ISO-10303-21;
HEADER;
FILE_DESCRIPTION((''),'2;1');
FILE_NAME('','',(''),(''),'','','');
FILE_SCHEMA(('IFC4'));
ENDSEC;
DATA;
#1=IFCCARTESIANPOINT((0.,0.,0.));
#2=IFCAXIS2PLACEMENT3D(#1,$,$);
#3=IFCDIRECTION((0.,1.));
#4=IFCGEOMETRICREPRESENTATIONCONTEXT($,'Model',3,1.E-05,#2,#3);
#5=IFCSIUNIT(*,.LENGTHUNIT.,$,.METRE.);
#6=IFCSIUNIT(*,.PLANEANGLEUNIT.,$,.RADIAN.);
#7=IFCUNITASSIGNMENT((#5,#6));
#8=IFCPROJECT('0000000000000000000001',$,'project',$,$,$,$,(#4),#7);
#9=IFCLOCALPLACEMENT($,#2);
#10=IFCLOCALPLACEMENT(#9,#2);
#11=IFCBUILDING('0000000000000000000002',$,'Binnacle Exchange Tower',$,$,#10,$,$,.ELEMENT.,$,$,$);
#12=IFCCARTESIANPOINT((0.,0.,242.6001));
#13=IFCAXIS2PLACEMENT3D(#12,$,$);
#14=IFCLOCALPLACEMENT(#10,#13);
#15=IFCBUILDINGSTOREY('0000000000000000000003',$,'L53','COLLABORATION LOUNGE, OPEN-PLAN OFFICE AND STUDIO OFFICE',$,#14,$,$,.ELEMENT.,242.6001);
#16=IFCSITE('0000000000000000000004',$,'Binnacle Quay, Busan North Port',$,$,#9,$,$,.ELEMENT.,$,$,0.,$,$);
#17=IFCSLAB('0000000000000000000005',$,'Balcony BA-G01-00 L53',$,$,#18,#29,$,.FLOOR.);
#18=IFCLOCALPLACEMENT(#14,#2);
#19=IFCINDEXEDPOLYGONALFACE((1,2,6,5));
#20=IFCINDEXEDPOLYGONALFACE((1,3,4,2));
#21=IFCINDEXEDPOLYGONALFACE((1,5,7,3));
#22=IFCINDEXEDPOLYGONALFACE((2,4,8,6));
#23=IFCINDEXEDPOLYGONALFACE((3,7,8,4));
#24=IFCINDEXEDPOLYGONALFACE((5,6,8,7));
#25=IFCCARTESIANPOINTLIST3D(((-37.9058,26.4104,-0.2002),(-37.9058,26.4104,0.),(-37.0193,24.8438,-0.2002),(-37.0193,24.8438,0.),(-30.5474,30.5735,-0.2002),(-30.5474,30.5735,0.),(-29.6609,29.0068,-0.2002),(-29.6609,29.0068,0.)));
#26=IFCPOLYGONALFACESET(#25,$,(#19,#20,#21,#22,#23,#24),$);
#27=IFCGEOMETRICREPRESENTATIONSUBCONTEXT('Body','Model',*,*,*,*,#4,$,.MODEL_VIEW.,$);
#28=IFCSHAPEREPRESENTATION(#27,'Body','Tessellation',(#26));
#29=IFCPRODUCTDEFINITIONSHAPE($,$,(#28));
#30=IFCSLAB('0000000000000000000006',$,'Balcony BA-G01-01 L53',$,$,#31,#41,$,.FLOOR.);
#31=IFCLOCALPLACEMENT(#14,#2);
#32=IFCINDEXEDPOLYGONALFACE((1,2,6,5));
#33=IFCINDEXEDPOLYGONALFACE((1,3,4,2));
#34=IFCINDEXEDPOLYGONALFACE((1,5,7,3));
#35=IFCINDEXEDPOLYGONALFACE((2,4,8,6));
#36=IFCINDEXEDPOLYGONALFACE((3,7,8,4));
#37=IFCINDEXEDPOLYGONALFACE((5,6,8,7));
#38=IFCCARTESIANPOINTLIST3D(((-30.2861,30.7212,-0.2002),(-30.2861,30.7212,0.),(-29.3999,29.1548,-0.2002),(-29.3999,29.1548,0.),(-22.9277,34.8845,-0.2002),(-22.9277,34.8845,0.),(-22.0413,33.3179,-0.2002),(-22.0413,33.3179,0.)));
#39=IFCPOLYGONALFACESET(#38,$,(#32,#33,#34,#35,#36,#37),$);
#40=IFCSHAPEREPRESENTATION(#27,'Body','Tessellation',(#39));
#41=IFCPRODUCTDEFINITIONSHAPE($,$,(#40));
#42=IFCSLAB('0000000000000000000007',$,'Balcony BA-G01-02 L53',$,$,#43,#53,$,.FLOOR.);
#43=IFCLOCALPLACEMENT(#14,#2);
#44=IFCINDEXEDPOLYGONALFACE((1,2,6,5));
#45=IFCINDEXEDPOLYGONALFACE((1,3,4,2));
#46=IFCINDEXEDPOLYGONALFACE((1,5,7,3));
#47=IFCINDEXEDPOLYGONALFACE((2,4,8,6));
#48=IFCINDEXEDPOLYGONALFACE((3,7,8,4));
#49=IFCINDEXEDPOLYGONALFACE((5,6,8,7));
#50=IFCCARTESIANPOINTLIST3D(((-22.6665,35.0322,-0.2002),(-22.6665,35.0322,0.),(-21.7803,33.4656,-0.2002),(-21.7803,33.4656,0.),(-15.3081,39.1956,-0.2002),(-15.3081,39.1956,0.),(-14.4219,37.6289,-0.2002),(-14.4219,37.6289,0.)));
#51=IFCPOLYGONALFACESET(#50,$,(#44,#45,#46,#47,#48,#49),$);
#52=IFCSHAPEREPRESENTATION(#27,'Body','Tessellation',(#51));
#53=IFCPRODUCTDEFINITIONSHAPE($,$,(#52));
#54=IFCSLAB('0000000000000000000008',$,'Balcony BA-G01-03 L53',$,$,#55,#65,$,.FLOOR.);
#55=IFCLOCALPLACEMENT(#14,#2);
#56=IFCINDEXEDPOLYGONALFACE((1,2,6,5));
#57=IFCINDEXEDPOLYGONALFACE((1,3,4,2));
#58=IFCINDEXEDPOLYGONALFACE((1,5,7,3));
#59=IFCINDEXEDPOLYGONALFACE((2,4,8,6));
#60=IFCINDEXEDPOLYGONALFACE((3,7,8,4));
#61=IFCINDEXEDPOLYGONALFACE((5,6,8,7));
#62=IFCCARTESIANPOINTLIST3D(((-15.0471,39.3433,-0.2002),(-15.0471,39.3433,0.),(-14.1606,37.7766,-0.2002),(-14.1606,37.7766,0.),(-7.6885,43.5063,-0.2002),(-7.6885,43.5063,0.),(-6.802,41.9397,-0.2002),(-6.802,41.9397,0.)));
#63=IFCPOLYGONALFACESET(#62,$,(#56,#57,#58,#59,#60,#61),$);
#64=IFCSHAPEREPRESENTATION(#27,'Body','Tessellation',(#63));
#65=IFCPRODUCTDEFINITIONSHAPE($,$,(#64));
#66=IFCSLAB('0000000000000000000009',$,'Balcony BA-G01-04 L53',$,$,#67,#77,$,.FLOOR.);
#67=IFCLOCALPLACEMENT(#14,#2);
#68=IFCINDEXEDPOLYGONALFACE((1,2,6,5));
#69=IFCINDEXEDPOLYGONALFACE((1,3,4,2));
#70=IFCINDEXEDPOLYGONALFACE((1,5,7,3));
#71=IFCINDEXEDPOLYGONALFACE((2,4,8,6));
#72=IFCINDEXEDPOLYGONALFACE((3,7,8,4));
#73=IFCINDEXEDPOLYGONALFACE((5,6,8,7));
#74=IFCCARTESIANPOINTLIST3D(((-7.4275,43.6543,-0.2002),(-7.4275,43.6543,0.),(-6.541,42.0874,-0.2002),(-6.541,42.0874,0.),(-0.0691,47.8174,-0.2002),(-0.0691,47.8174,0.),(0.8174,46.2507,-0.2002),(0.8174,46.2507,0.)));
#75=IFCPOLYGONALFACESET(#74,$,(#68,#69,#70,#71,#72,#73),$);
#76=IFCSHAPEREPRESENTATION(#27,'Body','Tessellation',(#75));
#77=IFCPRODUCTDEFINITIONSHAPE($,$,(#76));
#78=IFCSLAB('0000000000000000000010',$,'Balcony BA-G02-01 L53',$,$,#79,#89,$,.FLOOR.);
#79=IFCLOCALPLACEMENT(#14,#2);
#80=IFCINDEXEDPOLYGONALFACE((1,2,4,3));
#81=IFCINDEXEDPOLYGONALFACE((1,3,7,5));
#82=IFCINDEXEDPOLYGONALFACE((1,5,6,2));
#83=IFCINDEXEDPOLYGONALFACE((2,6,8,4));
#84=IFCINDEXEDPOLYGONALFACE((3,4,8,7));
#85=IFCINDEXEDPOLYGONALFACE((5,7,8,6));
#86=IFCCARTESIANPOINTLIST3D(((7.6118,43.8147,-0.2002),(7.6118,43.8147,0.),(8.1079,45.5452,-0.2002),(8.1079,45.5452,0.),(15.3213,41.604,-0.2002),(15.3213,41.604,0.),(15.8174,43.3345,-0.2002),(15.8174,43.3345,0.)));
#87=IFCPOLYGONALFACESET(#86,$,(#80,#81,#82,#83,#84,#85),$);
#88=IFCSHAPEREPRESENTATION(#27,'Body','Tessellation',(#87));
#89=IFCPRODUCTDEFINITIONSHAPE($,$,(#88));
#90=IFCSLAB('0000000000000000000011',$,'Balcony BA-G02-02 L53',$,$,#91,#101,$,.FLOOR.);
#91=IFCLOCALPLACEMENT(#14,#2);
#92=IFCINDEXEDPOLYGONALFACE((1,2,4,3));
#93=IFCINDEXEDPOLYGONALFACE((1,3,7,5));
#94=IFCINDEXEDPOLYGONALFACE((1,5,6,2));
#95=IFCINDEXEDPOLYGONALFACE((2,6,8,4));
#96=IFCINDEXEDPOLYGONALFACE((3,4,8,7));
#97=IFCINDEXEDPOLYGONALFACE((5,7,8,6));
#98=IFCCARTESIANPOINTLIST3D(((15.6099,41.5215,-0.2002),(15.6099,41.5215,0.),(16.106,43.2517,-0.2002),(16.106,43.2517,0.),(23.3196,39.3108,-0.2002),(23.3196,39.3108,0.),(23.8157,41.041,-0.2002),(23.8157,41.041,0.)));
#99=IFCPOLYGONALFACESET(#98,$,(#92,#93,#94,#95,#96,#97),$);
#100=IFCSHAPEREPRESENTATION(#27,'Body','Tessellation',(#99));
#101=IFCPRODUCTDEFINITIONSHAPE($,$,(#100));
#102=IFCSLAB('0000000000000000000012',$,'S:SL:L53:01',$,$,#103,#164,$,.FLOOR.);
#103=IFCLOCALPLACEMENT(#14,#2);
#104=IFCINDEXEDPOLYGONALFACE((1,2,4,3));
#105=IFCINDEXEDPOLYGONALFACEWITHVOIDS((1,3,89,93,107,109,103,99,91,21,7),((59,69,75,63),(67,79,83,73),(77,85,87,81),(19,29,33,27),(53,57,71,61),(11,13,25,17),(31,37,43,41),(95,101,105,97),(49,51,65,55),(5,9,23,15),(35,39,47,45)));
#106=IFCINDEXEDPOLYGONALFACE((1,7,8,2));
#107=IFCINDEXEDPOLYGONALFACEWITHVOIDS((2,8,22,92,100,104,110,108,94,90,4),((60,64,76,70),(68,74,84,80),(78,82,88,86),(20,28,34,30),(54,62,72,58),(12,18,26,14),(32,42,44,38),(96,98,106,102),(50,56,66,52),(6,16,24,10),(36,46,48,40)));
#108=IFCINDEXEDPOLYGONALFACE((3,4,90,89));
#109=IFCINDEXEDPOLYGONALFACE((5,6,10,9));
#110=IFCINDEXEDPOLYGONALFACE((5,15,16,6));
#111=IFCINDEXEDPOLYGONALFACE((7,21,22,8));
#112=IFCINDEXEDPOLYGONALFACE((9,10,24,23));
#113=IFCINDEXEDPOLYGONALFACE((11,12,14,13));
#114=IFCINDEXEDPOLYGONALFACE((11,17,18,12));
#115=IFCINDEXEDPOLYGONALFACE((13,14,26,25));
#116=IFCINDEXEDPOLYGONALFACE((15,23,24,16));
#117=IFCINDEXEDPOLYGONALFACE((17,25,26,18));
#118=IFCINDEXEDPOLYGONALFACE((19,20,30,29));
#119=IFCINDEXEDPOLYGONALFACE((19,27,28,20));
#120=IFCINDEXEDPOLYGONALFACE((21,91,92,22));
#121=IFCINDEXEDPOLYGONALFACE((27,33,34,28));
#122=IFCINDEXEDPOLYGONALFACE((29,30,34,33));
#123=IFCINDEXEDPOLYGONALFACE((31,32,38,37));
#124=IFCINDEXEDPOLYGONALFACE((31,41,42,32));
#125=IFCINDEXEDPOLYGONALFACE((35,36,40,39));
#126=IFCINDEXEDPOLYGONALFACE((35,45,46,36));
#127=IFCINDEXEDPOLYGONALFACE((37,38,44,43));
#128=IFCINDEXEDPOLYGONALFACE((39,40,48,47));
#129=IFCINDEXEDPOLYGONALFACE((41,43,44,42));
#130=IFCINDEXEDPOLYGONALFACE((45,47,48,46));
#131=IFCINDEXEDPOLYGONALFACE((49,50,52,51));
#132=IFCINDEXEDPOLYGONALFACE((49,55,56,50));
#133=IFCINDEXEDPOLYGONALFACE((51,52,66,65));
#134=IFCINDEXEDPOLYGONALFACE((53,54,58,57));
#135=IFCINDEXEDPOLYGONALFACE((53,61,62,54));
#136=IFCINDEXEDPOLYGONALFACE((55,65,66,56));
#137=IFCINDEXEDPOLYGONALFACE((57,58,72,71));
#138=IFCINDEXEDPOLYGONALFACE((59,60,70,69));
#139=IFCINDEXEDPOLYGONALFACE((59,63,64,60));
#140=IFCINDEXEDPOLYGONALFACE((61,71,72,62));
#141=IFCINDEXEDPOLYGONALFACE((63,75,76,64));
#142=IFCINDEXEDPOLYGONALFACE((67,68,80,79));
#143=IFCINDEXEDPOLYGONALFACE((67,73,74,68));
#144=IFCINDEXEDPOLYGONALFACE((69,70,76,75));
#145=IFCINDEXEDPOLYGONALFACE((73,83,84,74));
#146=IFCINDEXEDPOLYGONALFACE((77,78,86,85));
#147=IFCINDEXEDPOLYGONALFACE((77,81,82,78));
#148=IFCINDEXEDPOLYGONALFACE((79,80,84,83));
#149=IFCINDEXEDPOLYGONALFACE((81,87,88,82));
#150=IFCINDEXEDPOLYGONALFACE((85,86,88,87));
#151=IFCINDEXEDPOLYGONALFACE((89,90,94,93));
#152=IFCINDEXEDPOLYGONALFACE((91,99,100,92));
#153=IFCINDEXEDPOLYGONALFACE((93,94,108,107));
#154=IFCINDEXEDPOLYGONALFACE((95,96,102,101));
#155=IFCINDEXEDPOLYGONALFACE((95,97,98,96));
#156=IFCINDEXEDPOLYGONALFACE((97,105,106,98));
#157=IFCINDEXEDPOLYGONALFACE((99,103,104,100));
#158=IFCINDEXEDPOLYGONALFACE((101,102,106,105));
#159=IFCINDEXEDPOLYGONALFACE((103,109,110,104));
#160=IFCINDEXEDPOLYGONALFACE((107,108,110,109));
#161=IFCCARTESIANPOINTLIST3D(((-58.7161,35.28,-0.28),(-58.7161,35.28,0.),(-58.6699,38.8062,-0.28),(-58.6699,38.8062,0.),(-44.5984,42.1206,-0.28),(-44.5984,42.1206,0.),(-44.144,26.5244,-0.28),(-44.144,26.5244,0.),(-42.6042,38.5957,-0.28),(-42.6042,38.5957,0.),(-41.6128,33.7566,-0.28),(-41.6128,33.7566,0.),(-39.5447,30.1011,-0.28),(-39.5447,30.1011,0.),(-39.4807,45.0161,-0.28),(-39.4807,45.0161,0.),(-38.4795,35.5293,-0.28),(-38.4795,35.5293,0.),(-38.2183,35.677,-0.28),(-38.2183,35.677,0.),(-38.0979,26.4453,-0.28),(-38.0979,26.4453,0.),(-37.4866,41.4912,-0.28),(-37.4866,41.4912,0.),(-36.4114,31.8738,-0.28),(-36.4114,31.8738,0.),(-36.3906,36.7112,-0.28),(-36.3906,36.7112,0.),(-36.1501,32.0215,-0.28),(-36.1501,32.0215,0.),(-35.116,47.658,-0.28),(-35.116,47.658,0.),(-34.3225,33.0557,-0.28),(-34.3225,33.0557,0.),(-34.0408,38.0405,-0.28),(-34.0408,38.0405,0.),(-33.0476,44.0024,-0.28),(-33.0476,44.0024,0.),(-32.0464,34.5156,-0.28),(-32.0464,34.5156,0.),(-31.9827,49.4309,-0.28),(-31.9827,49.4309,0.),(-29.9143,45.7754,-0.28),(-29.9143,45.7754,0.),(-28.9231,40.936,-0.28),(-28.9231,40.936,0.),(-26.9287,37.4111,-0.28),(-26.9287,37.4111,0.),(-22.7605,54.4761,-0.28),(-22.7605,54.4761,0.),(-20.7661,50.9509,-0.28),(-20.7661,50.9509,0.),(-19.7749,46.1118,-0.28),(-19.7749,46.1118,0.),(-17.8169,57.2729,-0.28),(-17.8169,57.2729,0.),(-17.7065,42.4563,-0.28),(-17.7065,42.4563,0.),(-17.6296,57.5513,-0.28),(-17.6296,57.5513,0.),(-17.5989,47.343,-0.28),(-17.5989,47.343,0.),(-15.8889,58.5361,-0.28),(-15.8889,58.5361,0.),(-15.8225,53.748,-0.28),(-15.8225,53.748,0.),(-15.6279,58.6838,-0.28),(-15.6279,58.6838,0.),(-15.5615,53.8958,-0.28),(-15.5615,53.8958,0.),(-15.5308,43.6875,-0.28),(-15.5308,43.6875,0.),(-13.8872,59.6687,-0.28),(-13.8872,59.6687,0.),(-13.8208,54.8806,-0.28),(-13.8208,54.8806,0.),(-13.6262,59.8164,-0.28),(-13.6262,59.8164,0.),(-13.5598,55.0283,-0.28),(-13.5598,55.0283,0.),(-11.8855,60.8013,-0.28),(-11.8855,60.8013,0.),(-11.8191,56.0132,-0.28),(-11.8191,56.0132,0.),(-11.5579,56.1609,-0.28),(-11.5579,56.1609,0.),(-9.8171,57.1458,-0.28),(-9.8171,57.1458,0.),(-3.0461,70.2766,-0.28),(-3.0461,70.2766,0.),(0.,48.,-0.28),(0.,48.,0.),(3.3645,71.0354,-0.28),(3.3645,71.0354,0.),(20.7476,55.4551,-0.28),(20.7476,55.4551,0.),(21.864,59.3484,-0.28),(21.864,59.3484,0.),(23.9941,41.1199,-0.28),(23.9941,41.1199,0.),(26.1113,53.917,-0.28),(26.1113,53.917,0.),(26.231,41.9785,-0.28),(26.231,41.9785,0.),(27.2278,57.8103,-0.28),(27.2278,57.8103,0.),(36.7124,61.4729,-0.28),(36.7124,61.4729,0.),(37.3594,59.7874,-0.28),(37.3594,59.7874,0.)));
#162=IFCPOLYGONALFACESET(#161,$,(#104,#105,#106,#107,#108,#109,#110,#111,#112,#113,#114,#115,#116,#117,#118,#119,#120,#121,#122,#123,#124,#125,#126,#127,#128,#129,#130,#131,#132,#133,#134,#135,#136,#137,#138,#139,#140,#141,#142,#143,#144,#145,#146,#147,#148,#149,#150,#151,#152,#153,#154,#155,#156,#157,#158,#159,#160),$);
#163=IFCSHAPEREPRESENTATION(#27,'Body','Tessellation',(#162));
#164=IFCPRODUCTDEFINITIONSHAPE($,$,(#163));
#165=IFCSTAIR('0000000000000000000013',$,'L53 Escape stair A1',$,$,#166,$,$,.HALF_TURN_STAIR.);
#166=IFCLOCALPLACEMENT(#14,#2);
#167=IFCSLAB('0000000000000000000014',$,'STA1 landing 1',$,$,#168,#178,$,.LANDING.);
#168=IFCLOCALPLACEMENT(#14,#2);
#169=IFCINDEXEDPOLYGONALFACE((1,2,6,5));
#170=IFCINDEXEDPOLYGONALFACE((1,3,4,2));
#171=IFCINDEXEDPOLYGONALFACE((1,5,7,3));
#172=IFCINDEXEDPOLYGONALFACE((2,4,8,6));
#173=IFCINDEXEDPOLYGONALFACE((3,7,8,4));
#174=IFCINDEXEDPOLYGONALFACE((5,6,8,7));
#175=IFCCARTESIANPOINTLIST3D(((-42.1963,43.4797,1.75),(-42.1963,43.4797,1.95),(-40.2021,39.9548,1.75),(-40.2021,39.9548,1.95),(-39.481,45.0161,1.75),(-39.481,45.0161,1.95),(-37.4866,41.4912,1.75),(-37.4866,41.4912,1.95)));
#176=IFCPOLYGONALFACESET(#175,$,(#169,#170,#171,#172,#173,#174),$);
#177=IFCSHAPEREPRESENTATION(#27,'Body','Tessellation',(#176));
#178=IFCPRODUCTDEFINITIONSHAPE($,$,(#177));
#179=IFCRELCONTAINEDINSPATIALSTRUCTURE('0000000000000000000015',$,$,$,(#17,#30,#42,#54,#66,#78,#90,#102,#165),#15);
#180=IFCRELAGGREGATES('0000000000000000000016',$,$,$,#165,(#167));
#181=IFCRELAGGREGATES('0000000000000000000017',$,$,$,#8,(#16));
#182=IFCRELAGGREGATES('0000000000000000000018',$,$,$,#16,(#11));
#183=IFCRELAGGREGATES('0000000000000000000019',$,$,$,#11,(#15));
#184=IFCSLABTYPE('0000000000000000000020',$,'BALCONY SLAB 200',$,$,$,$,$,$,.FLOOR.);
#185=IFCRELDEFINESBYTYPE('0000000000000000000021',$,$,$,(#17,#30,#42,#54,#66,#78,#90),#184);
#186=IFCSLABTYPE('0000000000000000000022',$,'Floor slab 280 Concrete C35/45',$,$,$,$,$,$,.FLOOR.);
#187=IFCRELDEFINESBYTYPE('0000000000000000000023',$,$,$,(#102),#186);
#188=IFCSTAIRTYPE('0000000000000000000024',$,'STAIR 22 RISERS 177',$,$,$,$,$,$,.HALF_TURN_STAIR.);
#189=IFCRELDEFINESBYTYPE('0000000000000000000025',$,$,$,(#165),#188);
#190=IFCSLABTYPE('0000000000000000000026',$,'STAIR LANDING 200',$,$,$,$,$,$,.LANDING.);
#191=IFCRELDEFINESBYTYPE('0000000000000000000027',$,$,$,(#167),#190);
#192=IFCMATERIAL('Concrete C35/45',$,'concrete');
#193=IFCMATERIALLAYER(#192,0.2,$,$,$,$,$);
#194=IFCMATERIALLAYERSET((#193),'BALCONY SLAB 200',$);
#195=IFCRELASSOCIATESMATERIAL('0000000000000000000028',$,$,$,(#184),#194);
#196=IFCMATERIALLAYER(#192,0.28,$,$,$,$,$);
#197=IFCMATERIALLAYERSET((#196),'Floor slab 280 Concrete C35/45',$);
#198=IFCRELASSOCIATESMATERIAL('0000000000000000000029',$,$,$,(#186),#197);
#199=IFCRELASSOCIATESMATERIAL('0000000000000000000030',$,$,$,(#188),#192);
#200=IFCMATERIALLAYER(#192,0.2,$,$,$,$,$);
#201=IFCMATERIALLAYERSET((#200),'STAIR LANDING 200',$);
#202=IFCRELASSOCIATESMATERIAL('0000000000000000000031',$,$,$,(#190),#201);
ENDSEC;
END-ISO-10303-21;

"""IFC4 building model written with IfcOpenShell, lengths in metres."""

from ifc_helpers import new_model, si_unit, direction, frame, origin, place, context, subcontext, project, spatial, polyline, outline, extrude, material, layer, layer_set, type_object, element, aggregate, save


model = new_model("IFC4")

# Units and contexts
model_context = context("Model", 3, precision=1e-05, world=origin(), true_north=direction((0.0, 1.0)))
body_context = subcontext(model_context, "Body", "Model", "MODEL_VIEW")
ifc_project = project(units=[si_unit("LENGTHUNIT", "METRE"), si_unit("PLANEANGLEUNIT", "RADIAN")], contexts=[model_context])

# Site, building, storey
site_placement = place(None, origin())
site = spatial("IfcSite", under=ifc_project, at=site_placement, Name="Binnacle Quay, Busan North Port", CompositionType="ELEMENT", RefElevation=0.0)
building_placement = place(site_placement, origin())
building = spatial("IfcBuilding", under=site, at=building_placement, Name="Binnacle Exchange Tower", CompositionType="ELEMENT")
storey_placement = place(building_placement, frame((0.0, 0.0, 242.6001)))
storey = spatial("IfcBuildingStorey", under=building, at=storey_placement, Name="L53", Description="COLLABORATION LOUNGE, OPEN-PLAN OFFICE AND STUDIO OFFICE", CompositionType="ELEMENT", Elevation=242.6001)

# Slabs
ifc_material_1 = material(Name="Concrete C35/45", Category="concrete")
ifc_layer_1 = layer(ifc_material_1, 0.2)
ifc_layer_set_1 = layer_set([ifc_layer_1], Name="BALCONY SLAB 200")
slab_type_1 = type_object("IfcSlabType", Name="BALCONY SLAB 200", PredefinedType="FLOOR", material=ifc_layer_set_1)
slab_1_placement = place(storey_placement, frame((0.0, 0.0, -0.2002)))
element("IfcSlab", 1, at=slab_1_placement, inside=storey, type_object=slab_type_1, Name="Balcony BA-G01-00 L53", PredefinedType="FLOOR", context=body_context, shape_type="SweptSolid", body=[
    extrude(outline(polyline([(-37.9058, 26.4104), (-30.5474, 30.5735), (-29.6609, 29.0068), (-37.0193, 24.8438), (-37.9058, 26.4104)])), origin(), (0.0, 0.0, 1.0), 0.2002),
])
slab_2_placement = place(storey_placement, frame((0.0, 0.0, -0.2002)))
element("IfcSlab", 2, at=slab_2_placement, inside=storey, type_object=slab_type_1, Name="Balcony BA-G01-01 L53", PredefinedType="FLOOR", context=body_context, shape_type="SweptSolid", body=[
    extrude(outline(polyline([(-30.2861, 30.7212), (-22.9277, 34.8845), (-22.0413, 33.3179), (-29.3999, 29.1548), (-30.2861, 30.7212)])), origin(), (0.0, 0.0, 1.0), 0.2002),
])
slab_3_placement = place(storey_placement, frame((0.0, 0.0, -0.2002)))
element("IfcSlab", 3, at=slab_3_placement, inside=storey, type_object=slab_type_1, Name="Balcony BA-G01-02 L53", PredefinedType="FLOOR", context=body_context, shape_type="SweptSolid", body=[
    extrude(outline(polyline([(-22.6665, 35.0322), (-15.3081, 39.1956), (-14.4219, 37.6289), (-21.7803, 33.4656), (-22.6665, 35.0322)])), origin(), (0.0, 0.0, 1.0), 0.2002),
])
slab_4_placement = place(storey_placement, frame((0.0, 0.0, -0.2002)))
element("IfcSlab", 4, at=slab_4_placement, inside=storey, type_object=slab_type_1, Name="Balcony BA-G01-03 L53", PredefinedType="FLOOR", context=body_context, shape_type="SweptSolid", body=[
    extrude(outline(polyline([(-15.0471, 39.3433), (-7.6885, 43.5063), (-6.802, 41.9397), (-14.1606, 37.7766), (-15.0471, 39.3433)])), origin(), (0.0, 0.0, 1.0), 0.2002),
])
slab_5_placement = place(storey_placement, frame((0.0, 0.0, -0.2002)))
element("IfcSlab", 5, at=slab_5_placement, inside=storey, type_object=slab_type_1, Name="Balcony BA-G01-04 L53", PredefinedType="FLOOR", context=body_context, shape_type="SweptSolid", body=[
    extrude(outline(polyline([(-7.4275, 43.6543), (-0.0691, 47.8174), (0.8174, 46.2507), (-6.541, 42.0874), (-7.4275, 43.6543)])), origin(), (0.0, 0.0, 1.0), 0.2002),
])
slab_6_placement = place(storey_placement, frame((0.0, 0.0, -0.2002)))
element("IfcSlab", 6, at=slab_6_placement, inside=storey, type_object=slab_type_1, Name="Balcony BA-G02-01 L53", PredefinedType="FLOOR", context=body_context, shape_type="SweptSolid", body=[
    extrude(outline(polyline([(8.1079, 45.5452), (15.8174, 43.3345), (15.3213, 41.604), (7.6118, 43.8147), (8.1079, 45.5452)])), origin(), (0.0, 0.0, 1.0), 0.2002),
])
slab_7_placement = place(storey_placement, frame((0.0, 0.0, -0.2002)))
element("IfcSlab", 7, at=slab_7_placement, inside=storey, type_object=slab_type_1, Name="Balcony BA-G02-02 L53", PredefinedType="FLOOR", context=body_context, shape_type="SweptSolid", body=[
    extrude(outline(polyline([(16.106, 43.2517), (23.8157, 41.041), (23.3196, 39.3108), (15.6099, 41.5215), (16.106, 43.2517)])), origin(), (0.0, 0.0, 1.0), 0.2002),
])
ifc_layer_2 = layer(ifc_material_1, 0.28)
ifc_layer_set_2 = layer_set([ifc_layer_2], Name="Floor slab 280 Concrete C35/45")
slab_type_2 = type_object("IfcSlabType", Name="Floor slab 280 Concrete C35/45", PredefinedType="FLOOR", material=ifc_layer_set_2)
slab_8_placement = place(storey_placement, frame((0.0, 0.0, -0.28)))
element("IfcSlab", 8, at=slab_8_placement, inside=storey, type_object=slab_type_2, Name="S:SL:L53:01", PredefinedType="FLOOR", context=body_context, shape_type="SweptSolid", body=[
    extrude(outline(polyline([(-58.7161, 35.28), (-58.6699, 38.8062), (-3.0461, 70.2766), (3.3645, 71.0354), (36.7124, 61.4729), (37.3594, 59.7874), (26.231, 41.9785), (23.9941, 41.1199), (0.0, 48.0), (-38.0979, 26.4453), (-44.144, 26.5244), (-58.7161, 35.28)]), holes=[polyline([(-38.4795, 35.5293), (-41.6128, 33.7566), (-39.5447, 30.1011), (-36.4114, 31.8738), (-38.4795, 35.5293)]), polyline([(-36.3906, 36.7112), (-38.2183, 35.677), (-36.1501, 32.0215), (-34.3225, 33.0557), (-36.3906, 36.7112)]), polyline([(-32.0464, 34.5156), (-26.9287, 37.4111), (-28.9231, 40.936), (-34.0408, 38.0405), (-32.0464, 34.5156)]), polyline([(-37.4866, 41.4912), (-39.4807, 45.0161), (-44.5984, 42.1206), (-42.6042, 38.5957), (-37.4866, 41.4912)]), polyline([(-29.9143, 45.7754), (-31.9827, 49.4309), (-35.116, 47.658), (-33.0476, 44.0024), (-29.9143, 45.7754)]), polyline([(-17.8169, 57.2729), (-22.7605, 54.4761), (-20.7661, 50.9509), (-15.8225, 53.748), (-17.8169, 57.2729)]), polyline([(-15.5308, 43.6875), (-17.5989, 47.343), (-19.7749, 46.1118), (-17.7065, 42.4563), (-15.5308, 43.6875)]), polyline([(-13.8208, 54.8806), (-15.8889, 58.5361), (-17.6296, 57.5513), (-15.5615, 53.8958), (-13.8208, 54.8806)]), polyline([(27.2278, 57.8103), (21.864, 59.3484), (20.7476, 55.4551), (26.1113, 53.917), (27.2278, 57.8103)]), polyline([(-11.8191, 56.0132), (-13.8872, 59.6687), (-15.6279, 58.6838), (-13.5598, 55.0283), (-11.8191, 56.0132)]), polyline([(-9.8171, 57.1458), (-11.8855, 60.8013), (-13.6262, 59.8164), (-11.5579, 56.1609), (-9.8171, 57.1458)])]), origin(), (0.0, 0.0, 1.0), 0.28),
])

# Stair, slab
stair_type = type_object("IfcStairType", Name="STAIR 22 RISERS 177", PredefinedType="HALF_TURN_STAIR", material=ifc_material_1)
stair_1_placement = place(storey_placement, origin())
stair_1 = element("IfcStair", 9, at=stair_1_placement, inside=storey, type_object=stair_type, Name="L53 Escape stair A1", PredefinedType="HALF_TURN_STAIR")
ifc_layer_3 = layer(ifc_material_1, 0.2)
ifc_layer_set_3 = layer_set([ifc_layer_3], Name="STAIR LANDING 200")
slab_type_3 = type_object("IfcSlabType", Name="STAIR LANDING 200", PredefinedType="LANDING", material=ifc_layer_set_3)
slab_9_placement = place(storey_placement, frame((0.0, 0.0, 1.75)))
slab_9 = element("IfcSlab", 10, at=slab_9_placement, type_object=slab_type_3, Name="STA1 landing 1", PredefinedType="LANDING", context=body_context, shape_type="SweptSolid", body=[
    extrude(outline(polyline([(-40.2021, 39.9548), (-37.4866, 41.4912), (-39.481, 45.0161), (-42.1963, 43.4797), (-40.2021, 39.9548)])), origin(), (0.0, 0.0, 1.0), 0.2),
])
aggregate(stair_1, [slab_9])

save(model, "model.ifc")
